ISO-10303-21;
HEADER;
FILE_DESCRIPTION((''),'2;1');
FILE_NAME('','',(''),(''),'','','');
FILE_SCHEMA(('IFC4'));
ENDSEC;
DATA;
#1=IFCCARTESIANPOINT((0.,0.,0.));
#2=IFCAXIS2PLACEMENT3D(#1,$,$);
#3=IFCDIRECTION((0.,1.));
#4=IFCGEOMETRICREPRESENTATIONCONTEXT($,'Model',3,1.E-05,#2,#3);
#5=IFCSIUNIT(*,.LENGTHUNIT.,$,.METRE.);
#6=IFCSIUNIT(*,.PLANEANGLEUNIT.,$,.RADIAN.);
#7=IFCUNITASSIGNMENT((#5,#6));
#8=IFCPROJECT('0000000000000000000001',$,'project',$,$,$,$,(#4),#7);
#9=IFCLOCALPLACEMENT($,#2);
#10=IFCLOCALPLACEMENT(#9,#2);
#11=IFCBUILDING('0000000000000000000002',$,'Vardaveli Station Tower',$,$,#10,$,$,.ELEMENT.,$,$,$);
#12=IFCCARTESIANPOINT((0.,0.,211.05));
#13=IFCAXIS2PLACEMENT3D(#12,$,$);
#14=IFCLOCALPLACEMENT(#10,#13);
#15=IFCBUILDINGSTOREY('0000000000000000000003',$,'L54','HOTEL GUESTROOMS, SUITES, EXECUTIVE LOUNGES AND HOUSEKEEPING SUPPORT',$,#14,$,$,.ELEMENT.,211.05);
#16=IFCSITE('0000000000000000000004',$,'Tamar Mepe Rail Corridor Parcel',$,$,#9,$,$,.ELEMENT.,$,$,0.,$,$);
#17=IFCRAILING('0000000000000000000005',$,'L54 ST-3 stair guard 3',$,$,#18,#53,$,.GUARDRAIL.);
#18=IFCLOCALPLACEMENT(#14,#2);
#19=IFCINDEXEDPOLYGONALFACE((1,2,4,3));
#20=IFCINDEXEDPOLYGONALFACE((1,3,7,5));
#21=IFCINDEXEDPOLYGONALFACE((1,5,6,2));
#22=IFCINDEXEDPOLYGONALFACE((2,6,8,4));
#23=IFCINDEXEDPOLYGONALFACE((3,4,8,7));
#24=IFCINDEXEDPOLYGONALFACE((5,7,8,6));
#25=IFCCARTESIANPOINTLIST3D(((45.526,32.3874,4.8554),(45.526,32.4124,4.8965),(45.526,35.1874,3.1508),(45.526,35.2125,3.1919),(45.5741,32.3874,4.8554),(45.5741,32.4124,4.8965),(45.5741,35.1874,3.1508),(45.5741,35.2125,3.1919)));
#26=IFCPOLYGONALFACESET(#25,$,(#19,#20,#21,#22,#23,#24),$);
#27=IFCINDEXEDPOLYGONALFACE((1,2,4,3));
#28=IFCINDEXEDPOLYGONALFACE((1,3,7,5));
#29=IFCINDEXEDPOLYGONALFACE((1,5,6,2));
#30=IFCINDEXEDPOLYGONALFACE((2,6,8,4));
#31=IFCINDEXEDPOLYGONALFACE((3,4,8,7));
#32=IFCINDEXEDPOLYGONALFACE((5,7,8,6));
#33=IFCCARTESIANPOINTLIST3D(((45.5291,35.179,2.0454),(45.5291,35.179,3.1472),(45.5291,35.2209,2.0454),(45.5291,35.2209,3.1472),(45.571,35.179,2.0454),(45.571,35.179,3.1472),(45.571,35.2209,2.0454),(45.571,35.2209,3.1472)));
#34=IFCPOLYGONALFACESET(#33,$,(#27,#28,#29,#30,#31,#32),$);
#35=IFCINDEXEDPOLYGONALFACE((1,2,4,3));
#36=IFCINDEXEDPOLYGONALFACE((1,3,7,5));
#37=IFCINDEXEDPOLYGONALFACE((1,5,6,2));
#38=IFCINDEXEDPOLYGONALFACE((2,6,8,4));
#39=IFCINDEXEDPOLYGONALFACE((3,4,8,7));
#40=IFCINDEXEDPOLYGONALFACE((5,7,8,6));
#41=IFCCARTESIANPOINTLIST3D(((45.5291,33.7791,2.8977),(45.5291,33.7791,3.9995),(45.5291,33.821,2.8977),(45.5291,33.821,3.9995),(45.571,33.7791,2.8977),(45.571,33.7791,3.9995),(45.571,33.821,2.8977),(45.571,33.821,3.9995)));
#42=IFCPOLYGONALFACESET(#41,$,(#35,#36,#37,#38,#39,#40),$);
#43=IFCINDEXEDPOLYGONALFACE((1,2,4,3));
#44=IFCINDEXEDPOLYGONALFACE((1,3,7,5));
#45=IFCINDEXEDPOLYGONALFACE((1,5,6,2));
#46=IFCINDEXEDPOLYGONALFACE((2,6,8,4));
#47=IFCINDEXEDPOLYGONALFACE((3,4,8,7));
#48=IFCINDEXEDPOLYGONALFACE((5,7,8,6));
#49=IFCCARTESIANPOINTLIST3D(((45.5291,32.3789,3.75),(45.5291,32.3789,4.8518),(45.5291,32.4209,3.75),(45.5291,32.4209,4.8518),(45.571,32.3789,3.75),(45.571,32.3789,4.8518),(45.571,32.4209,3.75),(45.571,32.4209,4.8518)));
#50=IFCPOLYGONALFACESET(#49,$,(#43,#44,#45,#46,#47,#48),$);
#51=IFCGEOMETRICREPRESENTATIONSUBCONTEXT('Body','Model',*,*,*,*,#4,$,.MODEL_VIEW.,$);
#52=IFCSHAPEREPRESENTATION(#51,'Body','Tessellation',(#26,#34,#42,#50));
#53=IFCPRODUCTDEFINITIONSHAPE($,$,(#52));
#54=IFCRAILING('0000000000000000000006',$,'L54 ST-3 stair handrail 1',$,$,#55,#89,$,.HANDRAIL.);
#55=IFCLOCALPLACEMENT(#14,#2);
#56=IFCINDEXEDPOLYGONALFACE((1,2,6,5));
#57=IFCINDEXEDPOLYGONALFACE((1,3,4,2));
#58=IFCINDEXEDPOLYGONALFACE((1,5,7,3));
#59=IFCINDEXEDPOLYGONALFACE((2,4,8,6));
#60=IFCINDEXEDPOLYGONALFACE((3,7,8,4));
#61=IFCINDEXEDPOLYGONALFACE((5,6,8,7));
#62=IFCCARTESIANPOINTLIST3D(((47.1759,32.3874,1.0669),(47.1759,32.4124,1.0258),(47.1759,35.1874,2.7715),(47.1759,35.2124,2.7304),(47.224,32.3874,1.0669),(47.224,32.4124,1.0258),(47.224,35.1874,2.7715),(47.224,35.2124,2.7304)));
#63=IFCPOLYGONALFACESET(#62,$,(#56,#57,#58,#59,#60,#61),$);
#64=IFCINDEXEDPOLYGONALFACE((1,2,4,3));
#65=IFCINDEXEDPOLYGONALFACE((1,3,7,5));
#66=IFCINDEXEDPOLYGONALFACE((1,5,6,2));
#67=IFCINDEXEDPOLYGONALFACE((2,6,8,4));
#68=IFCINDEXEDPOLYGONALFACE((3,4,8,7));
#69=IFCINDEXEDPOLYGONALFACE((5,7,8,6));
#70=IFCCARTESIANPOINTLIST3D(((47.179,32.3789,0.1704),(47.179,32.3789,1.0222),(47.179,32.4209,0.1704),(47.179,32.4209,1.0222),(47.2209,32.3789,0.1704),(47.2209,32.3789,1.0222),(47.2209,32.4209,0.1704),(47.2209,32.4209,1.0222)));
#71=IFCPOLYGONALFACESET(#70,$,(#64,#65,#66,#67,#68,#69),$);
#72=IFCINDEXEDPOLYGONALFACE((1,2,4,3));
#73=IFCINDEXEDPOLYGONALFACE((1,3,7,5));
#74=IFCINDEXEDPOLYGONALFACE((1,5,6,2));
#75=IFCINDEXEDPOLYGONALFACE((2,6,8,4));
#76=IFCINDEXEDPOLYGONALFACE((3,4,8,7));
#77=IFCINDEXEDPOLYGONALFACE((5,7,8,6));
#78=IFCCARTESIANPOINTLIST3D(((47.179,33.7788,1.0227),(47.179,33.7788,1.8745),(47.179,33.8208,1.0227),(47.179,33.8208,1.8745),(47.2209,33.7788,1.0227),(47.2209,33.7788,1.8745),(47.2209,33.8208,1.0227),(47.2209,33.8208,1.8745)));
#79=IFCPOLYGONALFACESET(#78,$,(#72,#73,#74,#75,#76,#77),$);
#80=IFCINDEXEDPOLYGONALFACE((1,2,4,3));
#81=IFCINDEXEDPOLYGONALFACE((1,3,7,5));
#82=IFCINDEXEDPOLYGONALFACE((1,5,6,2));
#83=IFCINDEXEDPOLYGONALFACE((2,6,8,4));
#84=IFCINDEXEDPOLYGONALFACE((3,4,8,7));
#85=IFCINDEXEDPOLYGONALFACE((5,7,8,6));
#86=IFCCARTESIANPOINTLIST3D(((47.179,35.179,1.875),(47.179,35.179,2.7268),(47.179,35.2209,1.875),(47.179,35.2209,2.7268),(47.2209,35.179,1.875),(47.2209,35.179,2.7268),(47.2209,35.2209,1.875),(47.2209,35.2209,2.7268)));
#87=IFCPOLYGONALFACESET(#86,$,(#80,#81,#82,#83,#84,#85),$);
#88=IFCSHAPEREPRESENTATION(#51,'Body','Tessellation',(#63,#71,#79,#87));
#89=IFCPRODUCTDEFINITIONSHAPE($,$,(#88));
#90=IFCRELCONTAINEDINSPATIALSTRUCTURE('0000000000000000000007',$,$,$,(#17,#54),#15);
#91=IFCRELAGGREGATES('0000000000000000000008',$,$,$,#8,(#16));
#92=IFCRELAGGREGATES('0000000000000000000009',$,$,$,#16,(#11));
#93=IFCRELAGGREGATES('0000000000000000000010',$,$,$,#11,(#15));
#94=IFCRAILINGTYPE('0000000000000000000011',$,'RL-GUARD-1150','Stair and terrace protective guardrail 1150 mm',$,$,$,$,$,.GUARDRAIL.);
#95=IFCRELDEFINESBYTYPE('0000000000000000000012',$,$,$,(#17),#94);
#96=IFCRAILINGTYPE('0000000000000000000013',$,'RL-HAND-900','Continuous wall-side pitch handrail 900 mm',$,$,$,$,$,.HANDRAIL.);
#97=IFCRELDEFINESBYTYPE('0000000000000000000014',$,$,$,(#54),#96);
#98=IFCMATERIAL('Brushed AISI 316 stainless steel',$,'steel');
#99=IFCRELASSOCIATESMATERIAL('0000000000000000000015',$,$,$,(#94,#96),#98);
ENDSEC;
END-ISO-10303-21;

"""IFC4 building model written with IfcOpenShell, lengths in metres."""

from ifc_helpers import new_model, si_unit, direction, frame, origin, origin_2d, place, context, subcontext, project, spatial, rectangle, extrude, source, transform, mapped, material, type_object, element, save


model = new_model("IFC4")

# Units and contexts
model_context = context("Model", 3, precision=1e-05, world=origin(), true_north=direction((0.0, 1.0)))
body_context = subcontext(model_context, "Body", "Model", "MODEL_VIEW")
ifc_project = project(units=[si_unit("LENGTHUNIT", "METRE"), si_unit("PLANEANGLEUNIT", "RADIAN")], contexts=[model_context])

# Site, building, storey
site_placement = place(None, origin())
site = spatial("IfcSite", under=ifc_project, at=site_placement, Name="Tamar Mepe Rail Corridor Parcel", CompositionType="ELEMENT", RefElevation=0.0)
building_placement = place(site_placement, origin())
building = spatial("IfcBuilding", under=site, at=building_placement, Name="Vardaveli Station Tower", CompositionType="ELEMENT")
storey_placement = place(building_placement, frame((0.0, 0.0, 211.05)))
storey = spatial("IfcBuildingStorey", under=building, at=storey_placement, Name="L54", Description="HOTEL GUESTROOMS, SUITES, EXECUTIVE LOUNGES AND HOUSEKEEPING SUPPORT", CompositionType="ELEMENT", Elevation=211.05)

# Railings
ifc_material_1 = material(Name="Brushed AISI 316 stainless steel", Category="steel")
railing_type_1 = type_object("IfcRailingType", Name="RL-GUARD-1150", Description="Stair and terrace protective guardrail 1150 mm", PredefinedType="GUARDRAIL", material=ifc_material_1)
shared_shape_1 = source(origin(), body_context, "Body", "SweptSolid", [
    extrude(rectangle(XDim=0.0481, YDim=0.0481, at=origin_2d()), frame((0.0, 0.0, 1.126), z_axis=(0.0, -0.85417, 0.519994), x_axis=(1.0, 0.0, 0.0)), (0.0, 0.0, 1.0), 3.2781),
    extrude(rectangle(XDim=0.042, YDim=0.042, at=origin_2d()), origin(), (0.0, 0.0, 1.0), 1.1018),
    extrude(rectangle(XDim=0.042, YDim=0.042, at=origin_2d()), frame((0.0, -1.3999, 0.8523)), (0.0, 0.0, 1.0), 1.1018),
    extrude(rectangle(XDim=0.042, YDim=0.042, at=origin_2d()), frame((0.0, -2.8, 1.7046)), (0.0, 0.0, 1.0), 1.1018),
])
railing_1_placement = place(storey_placement, frame((45.55, 35.2, 2.0454)))
element("IfcRailing", 1, at=railing_1_placement, inside=storey, type_object=railing_type_1, Name="L54 ST-3 stair guard 3", PredefinedType="GUARDRAIL", context=body_context, shape_type="MappedRepresentation", body=[
    mapped(shared_shape_1, transform((0.0, 0.0, 0.0), scale=1.0)),
])
railing_type_2 = type_object("IfcRailingType", Name="RL-HAND-900", Description="Continuous wall-side pitch handrail 900 mm", PredefinedType="HANDRAIL", material=ifc_material_1)
shared_shape_2 = source(origin(), body_context, "Body", "SweptSolid", [
    extrude(rectangle(XDim=0.0481, YDim=0.0481, at=origin_2d()), frame((0.0, 0.0, 0.876), z_axis=(0.0, 0.85417, 0.519994), x_axis=(-1.0, 0.0, 0.0)), (0.0, 0.0, 1.0), 3.2781),
    extrude(rectangle(XDim=0.042, YDim=0.042, at=origin_2d()), origin(), (0.0, 0.0, 1.0), 0.8518),
    extrude(rectangle(XDim=0.042, YDim=0.042, at=origin_2d()), frame((0.0, 1.3999, 0.8523)), (0.0, 0.0, 1.0), 0.8518),
    extrude(rectangle(XDim=0.042, YDim=0.042, at=origin_2d()), frame((0.0, 2.8, 1.7046)), (0.0, 0.0, 1.0), 0.8518),
])
railing_2_placement = place(storey_placement, frame((47.2, 32.3999, 0.1704)))
element("IfcRailing", 2, at=railing_2_placement, inside=storey, type_object=railing_type_2, Name="L54 ST-3 stair handrail 1", PredefinedType="HANDRAIL", context=body_context, shape_type="MappedRepresentation", body=[
    mapped(shared_shape_2, transform((0.0, 0.0, 0.0), scale=1.0)),
])

save(model, "model.ifc")
